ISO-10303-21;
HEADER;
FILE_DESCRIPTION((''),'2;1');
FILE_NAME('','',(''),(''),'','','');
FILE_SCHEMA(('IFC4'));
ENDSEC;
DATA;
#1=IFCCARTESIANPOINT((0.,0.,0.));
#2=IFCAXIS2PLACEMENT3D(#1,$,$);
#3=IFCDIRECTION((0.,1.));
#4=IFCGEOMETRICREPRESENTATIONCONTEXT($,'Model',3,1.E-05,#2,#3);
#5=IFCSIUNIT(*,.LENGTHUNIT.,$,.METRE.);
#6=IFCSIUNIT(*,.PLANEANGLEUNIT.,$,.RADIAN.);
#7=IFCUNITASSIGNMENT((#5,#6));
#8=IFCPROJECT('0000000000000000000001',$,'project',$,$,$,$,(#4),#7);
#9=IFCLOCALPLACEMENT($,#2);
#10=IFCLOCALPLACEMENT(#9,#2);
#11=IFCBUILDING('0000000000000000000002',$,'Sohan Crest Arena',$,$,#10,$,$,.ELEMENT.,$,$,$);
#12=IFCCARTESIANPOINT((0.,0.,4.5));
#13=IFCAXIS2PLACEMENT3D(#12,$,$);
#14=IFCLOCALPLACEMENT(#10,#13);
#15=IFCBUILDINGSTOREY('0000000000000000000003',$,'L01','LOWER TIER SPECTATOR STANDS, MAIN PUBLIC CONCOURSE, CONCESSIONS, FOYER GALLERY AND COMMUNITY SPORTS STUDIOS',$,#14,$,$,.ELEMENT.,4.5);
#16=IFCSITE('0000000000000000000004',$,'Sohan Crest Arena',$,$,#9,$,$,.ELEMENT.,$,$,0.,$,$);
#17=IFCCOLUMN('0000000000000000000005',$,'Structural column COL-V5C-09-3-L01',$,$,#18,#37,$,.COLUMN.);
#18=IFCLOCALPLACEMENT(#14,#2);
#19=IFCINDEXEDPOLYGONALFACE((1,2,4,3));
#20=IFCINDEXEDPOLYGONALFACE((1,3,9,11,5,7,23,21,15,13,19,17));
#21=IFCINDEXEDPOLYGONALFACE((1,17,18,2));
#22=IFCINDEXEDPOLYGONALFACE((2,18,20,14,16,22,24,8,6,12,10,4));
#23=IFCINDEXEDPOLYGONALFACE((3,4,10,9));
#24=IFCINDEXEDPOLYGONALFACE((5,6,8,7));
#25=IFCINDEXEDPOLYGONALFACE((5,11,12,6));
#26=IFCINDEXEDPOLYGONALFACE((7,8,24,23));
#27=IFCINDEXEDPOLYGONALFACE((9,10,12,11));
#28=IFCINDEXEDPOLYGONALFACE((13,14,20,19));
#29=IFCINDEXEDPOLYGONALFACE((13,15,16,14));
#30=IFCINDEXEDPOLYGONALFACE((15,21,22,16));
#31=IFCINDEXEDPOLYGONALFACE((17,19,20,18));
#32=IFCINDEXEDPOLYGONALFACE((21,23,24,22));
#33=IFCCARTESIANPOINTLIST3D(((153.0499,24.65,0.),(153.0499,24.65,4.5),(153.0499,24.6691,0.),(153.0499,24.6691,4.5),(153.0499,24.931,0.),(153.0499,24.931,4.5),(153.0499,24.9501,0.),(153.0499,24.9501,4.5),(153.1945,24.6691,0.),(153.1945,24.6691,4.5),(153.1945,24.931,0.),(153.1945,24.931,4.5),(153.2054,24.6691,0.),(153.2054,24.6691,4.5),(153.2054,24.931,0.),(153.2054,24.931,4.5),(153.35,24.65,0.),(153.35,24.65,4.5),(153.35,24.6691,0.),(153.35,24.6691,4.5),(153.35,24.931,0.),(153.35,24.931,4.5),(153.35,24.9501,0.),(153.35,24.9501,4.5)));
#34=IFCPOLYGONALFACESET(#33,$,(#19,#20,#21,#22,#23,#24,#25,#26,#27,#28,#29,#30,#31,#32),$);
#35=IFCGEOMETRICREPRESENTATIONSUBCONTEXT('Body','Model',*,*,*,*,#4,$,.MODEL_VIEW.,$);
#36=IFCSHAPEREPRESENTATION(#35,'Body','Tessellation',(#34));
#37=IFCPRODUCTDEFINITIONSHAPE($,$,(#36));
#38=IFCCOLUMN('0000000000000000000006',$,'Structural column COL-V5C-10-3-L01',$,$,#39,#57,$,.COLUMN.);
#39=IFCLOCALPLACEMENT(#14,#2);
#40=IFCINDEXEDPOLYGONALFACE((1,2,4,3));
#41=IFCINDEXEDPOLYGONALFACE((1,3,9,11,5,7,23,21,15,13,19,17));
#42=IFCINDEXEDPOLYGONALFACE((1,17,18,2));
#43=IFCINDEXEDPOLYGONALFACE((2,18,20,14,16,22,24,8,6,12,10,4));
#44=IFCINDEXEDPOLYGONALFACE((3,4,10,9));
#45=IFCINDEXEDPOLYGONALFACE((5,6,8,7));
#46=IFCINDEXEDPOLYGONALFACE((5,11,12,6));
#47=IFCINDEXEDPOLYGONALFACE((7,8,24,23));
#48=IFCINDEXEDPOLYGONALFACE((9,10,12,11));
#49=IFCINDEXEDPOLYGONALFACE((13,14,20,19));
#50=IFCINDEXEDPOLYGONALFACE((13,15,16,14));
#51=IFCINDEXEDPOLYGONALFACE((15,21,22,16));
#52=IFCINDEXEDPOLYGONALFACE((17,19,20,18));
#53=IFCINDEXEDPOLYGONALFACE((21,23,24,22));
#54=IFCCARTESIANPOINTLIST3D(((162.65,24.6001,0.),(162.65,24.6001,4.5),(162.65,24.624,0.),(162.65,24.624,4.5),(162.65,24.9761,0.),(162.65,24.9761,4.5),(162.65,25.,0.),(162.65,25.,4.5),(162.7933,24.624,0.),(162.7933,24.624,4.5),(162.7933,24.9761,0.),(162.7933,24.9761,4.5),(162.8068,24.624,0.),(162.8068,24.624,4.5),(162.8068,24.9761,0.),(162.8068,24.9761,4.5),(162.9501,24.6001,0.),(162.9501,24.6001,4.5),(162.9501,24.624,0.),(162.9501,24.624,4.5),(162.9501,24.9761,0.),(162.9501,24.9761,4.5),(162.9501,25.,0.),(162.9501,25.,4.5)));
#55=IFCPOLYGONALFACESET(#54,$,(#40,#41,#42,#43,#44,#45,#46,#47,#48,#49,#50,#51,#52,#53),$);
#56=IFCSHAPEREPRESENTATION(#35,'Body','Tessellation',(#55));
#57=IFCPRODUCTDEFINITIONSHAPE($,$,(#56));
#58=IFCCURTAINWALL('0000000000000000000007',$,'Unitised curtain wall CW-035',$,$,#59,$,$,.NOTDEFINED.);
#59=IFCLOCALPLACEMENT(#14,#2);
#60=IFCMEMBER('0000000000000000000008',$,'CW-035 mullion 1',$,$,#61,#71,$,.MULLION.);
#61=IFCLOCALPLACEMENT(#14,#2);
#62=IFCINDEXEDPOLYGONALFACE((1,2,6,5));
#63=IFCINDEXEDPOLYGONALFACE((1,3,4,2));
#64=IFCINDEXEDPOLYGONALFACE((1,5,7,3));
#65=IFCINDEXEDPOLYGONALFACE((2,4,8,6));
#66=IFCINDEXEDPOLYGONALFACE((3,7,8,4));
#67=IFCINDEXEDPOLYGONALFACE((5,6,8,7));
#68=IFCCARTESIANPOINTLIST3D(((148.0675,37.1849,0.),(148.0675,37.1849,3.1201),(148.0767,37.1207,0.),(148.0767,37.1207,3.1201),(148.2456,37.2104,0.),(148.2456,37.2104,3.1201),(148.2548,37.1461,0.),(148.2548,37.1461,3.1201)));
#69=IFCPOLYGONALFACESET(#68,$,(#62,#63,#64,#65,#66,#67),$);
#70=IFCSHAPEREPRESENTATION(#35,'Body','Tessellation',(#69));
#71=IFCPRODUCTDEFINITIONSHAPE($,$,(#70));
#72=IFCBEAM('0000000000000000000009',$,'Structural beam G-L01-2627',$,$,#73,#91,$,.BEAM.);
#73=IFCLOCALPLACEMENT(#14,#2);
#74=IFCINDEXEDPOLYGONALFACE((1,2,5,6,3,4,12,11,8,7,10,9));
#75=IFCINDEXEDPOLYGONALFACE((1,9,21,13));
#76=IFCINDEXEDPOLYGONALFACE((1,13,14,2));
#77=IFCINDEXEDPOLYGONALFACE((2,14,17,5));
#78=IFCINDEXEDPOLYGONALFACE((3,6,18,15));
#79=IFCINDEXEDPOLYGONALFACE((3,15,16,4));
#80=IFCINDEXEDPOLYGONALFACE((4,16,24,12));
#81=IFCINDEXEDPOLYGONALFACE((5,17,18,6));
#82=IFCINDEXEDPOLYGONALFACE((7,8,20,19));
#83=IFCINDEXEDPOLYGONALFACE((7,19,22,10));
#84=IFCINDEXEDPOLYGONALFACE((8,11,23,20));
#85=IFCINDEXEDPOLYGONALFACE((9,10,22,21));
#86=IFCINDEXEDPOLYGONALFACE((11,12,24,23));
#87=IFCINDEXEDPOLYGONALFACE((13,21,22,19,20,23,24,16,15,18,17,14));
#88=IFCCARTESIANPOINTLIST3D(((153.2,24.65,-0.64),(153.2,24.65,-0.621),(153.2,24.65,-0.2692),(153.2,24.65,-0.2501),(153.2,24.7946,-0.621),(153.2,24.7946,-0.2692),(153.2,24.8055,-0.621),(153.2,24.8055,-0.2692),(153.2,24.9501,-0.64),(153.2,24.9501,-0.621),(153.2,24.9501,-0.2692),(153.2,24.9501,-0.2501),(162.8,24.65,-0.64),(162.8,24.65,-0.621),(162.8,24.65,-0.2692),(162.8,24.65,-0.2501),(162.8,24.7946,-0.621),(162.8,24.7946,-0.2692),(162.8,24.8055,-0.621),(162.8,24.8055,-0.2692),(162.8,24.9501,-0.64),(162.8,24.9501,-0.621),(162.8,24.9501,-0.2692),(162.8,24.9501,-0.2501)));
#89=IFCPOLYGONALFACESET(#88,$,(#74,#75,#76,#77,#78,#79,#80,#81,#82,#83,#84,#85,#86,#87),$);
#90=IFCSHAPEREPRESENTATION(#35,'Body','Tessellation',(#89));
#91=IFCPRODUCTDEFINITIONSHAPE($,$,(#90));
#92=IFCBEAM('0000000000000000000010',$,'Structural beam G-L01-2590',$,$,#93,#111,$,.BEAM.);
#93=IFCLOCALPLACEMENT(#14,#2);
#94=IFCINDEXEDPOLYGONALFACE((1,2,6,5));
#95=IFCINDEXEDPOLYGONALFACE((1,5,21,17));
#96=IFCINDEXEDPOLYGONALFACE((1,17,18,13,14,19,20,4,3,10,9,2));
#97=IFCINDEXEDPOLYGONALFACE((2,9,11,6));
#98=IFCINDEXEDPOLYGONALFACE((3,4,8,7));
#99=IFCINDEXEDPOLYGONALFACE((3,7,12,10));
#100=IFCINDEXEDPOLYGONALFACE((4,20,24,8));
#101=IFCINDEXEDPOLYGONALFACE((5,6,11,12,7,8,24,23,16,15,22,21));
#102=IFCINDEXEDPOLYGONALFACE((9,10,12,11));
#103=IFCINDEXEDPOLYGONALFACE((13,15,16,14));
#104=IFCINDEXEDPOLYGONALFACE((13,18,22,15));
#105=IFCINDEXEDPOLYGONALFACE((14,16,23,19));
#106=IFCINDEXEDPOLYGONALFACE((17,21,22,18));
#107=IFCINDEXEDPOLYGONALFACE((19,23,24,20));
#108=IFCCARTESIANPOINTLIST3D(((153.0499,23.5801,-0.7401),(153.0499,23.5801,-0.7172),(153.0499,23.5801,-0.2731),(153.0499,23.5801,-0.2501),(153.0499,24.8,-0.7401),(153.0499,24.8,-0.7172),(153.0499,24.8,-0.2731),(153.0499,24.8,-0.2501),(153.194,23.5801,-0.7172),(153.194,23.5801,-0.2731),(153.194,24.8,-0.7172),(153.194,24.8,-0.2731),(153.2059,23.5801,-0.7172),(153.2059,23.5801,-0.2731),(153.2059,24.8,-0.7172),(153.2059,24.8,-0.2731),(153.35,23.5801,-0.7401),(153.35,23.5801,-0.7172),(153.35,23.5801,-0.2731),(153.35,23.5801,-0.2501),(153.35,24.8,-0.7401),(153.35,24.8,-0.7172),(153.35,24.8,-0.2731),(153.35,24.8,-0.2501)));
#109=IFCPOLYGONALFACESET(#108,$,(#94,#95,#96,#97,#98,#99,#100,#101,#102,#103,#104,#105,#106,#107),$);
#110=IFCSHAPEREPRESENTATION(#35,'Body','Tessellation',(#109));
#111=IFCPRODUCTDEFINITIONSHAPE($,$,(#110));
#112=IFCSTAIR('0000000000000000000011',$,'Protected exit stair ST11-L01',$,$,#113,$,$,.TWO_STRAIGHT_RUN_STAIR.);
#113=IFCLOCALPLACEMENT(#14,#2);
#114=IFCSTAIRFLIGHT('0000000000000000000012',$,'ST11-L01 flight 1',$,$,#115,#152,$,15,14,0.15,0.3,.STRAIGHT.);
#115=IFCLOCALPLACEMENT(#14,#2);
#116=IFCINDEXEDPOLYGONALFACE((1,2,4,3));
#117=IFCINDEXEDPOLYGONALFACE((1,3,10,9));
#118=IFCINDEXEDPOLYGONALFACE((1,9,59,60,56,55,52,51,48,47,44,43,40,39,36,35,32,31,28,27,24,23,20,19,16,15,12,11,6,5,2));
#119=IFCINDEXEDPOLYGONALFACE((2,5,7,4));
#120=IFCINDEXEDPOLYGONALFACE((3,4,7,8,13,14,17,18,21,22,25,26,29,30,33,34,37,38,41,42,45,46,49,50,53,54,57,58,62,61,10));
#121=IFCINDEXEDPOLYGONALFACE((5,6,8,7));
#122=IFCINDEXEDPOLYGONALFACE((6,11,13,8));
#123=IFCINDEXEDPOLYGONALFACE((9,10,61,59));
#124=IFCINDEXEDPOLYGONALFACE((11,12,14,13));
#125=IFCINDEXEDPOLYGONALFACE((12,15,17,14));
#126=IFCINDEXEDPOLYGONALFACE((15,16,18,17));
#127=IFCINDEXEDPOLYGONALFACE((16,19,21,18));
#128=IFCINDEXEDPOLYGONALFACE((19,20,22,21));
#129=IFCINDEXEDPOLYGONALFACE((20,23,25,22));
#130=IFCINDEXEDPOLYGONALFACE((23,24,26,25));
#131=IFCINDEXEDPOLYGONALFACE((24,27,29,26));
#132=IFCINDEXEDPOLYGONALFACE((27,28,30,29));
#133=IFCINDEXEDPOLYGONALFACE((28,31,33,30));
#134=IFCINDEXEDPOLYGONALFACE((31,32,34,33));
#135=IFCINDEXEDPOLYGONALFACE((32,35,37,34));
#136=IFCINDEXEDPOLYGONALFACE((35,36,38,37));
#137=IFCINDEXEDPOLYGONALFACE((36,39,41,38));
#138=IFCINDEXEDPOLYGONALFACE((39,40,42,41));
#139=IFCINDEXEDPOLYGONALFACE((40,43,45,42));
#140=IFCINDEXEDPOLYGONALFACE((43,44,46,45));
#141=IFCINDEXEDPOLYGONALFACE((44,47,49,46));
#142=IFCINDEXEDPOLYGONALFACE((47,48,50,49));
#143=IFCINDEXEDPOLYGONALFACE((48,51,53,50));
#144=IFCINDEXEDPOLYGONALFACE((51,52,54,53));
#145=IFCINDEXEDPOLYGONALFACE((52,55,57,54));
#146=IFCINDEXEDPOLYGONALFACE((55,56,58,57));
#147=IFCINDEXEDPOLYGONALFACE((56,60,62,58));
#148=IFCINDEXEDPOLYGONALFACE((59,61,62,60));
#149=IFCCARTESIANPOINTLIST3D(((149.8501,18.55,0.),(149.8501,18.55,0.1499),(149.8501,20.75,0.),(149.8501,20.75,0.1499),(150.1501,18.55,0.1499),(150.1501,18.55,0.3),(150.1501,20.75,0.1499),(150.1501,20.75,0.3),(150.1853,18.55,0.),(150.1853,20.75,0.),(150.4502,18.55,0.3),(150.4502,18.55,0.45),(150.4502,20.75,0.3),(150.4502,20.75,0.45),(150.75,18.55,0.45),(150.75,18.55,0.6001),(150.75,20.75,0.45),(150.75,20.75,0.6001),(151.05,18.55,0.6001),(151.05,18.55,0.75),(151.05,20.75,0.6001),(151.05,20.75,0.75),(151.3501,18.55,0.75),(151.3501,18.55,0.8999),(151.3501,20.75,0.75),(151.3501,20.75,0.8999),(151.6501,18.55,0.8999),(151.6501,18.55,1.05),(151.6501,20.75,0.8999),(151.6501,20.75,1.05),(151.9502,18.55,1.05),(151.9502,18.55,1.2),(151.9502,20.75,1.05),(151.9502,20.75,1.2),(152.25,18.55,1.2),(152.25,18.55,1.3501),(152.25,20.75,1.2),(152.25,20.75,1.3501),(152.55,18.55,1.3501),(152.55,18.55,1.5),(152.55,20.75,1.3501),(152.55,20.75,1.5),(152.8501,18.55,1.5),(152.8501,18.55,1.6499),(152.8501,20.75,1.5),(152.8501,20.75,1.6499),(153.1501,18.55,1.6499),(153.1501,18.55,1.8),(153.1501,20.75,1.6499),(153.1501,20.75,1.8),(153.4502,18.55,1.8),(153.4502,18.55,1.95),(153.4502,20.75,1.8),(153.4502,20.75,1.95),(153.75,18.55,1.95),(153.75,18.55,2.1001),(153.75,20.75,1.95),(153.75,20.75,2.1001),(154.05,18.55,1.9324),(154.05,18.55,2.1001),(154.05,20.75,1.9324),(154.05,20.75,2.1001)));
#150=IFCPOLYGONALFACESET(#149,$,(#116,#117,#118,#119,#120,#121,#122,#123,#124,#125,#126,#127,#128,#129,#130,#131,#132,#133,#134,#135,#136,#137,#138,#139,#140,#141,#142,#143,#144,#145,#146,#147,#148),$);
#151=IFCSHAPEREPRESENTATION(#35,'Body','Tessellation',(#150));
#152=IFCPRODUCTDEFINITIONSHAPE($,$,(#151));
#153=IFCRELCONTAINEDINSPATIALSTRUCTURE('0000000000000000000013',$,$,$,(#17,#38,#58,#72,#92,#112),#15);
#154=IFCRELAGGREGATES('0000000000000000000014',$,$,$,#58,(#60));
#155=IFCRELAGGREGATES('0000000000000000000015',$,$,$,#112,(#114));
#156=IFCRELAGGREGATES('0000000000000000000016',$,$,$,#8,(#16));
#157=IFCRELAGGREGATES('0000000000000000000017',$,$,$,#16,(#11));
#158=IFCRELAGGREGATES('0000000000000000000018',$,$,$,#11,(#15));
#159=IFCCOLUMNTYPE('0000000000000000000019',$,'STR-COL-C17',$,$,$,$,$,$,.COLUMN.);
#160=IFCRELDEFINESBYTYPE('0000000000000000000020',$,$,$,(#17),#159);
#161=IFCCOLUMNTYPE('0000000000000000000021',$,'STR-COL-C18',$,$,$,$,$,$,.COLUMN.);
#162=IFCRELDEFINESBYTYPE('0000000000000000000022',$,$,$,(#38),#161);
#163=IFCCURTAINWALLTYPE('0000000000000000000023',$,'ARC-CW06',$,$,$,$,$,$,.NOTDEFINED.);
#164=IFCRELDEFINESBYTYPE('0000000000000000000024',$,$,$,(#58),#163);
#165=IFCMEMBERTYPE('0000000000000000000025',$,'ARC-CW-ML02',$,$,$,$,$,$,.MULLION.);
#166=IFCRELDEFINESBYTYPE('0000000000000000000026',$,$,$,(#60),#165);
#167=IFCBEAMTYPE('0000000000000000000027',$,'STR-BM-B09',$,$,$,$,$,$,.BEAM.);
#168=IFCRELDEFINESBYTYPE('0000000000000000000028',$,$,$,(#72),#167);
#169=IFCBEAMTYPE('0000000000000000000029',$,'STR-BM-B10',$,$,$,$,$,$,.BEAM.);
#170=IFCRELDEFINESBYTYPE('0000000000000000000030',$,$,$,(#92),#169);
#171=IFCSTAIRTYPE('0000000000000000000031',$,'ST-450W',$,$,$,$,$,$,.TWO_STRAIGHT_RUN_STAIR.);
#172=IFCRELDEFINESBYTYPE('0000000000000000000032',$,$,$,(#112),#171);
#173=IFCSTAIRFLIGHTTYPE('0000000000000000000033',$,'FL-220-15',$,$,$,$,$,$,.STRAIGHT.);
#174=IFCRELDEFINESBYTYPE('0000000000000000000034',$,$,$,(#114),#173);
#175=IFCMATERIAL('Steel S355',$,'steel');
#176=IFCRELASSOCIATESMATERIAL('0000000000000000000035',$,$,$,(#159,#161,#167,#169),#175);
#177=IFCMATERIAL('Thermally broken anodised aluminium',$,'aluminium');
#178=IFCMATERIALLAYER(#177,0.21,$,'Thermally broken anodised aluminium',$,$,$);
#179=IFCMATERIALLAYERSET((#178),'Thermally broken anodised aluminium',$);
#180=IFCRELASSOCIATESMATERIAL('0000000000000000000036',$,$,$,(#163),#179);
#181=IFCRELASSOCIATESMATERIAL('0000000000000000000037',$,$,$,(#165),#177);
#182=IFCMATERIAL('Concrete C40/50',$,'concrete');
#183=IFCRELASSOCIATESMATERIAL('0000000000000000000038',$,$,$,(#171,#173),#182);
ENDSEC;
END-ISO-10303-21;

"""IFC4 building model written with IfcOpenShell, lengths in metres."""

from ifc_helpers import new_model, si_unit, direction, frame, origin, origin_2d, place, context, subcontext, project, spatial, polyline, rectangle, i_section, outline, extrude, material, layer, layer_set, material_profile, profile_set, type_object, element, aggregate, save


model = new_model("IFC4")

# Units and contexts
model_context = context("Model", 3, precision=1e-05, world=origin(), true_north=direction((0.0, 1.0)))
body_context = subcontext(model_context, "Body", "Model", "MODEL_VIEW")
ifc_project = project(units=[si_unit("LENGTHUNIT", "METRE"), si_unit("PLANEANGLEUNIT", "RADIAN")], contexts=[model_context])

# Site, building, storey
site_placement = place(None, origin())
site = spatial("IfcSite", under=ifc_project, at=site_placement, Name="Sohan Crest Arena", CompositionType="ELEMENT", RefElevation=0.0)
building_placement = place(site_placement, origin())
building = spatial("IfcBuilding", under=site, at=building_placement, Name="Sohan Crest Arena", CompositionType="ELEMENT")
storey_placement = place(building_placement, frame((0.0, 0.0, 4.5)))
storey = spatial("IfcBuildingStorey", under=building, at=storey_placement, Name="L01", Description="LOWER TIER SPECTATOR STANDS, MAIN PUBLIC CONCOURSE, CONCESSIONS, FOYER GALLERY AND COMMUNITY SPORTS STUDIOS", CompositionType="ELEMENT", Elevation=4.5)

# Columns
ifc_material_1 = material(Name="Steel S355", Category="steel")
ifc_material_profile_1 = material_profile(ifc_material_1, i_section(OverallWidth=0.3, OverallDepth=0.3, WebThickness=0.011, FlangeThickness=0.019, at=origin_2d()), Name="HEB 300")
ifc_profile_set_1 = profile_set([ifc_material_profile_1], Name="Steel S355")
column_type_1 = type_object("IfcColumnType", Name="STR-COL-C17", PredefinedType="COLUMN", material=ifc_profile_set_1)
column_1_placement = place(storey_placement, frame((153.2, 24.8, 0.0), z_axis=(0.0, 0.0, 1.0), x_axis=(1.0, 0.0, 0.0)))
element("IfcColumn", 1, at=column_1_placement, inside=storey, type_object=column_type_1, Name="Structural column COL-V5C-09-3-L01", PredefinedType="COLUMN", context=body_context, shape_type="SweptSolid", body=[
    extrude(i_section(OverallWidth=0.3, OverallDepth=0.3, WebThickness=0.011, FlangeThickness=0.019, at=origin_2d()), origin(), (0.0, 0.0, 1.0), 4.5),
])
ifc_material_profile_2 = material_profile(ifc_material_1, i_section(OverallWidth=0.3, OverallDepth=0.3999, WebThickness=0.0134, FlangeThickness=0.0239, at=origin_2d()), Name="HEB 400")
ifc_profile_set_2 = profile_set([ifc_material_profile_2], Name="Steel S355")
column_type_2 = type_object("IfcColumnType", Name="STR-COL-C18", PredefinedType="COLUMN", material=ifc_profile_set_2)
column_2_placement = place(storey_placement, frame((162.8, 24.8, 0.0), z_axis=(0.0, 0.0, 1.0), x_axis=(1.0, 0.0, 0.0)))
element("IfcColumn", 2, at=column_2_placement, inside=storey, type_object=column_type_2, Name="Structural column COL-V5C-10-3-L01", PredefinedType="COLUMN", context=body_context, shape_type="SweptSolid", body=[
    extrude(i_section(OverallWidth=0.3, OverallDepth=0.3999, WebThickness=0.0134, FlangeThickness=0.0239, at=origin_2d()), origin(), (0.0, 0.0, 1.0), 4.5),
])

# Curtain wall, member
ifc_material_2 = material(Name="Thermally broken anodised aluminium", Category="aluminium")
ifc_layer_1 = layer(ifc_material_2, 0.21, Name="Thermally broken anodised aluminium")
ifc_layer_set_1 = layer_set([ifc_layer_1], Name="Thermally broken anodised aluminium")
curtain_wall_type = type_object("IfcCurtainWallType", Name="ARC-CW06", PredefinedType="NOTDEFINED", material=ifc_layer_set_1)
curtain_wall_placement = place(storey_placement, origin())
curtain_wall = element("IfcCurtainWall", 3, at=curtain_wall_placement, inside=storey, type_object=curtain_wall_type, Name="Unitised curtain wall CW-035", PredefinedType="NOTDEFINED")
ifc_material_profile_3 = material_profile(ifc_material_2, rectangle(XDim=0.0649, YDim=0.1799, at=origin_2d()), Name="ALU-MULL 65x180")
ifc_profile_set_3 = profile_set([ifc_material_profile_3], Name="Thermally broken anodised aluminium")
member_type = type_object("IfcMemberType", Name="ARC-CW-ML02", PredefinedType="MULLION", material=ifc_profile_set_3)
member_placement = place(storey_placement, frame((148.1611, 37.1655, 0.0), z_axis=(0.0, 0.0, 1.0), x_axis=(-0.14145, 0.989945, 0.0)))
member = element("IfcMember", 4, at=member_placement, type_object=member_type, Name="CW-035 mullion 1", PredefinedType="MULLION", context=body_context, shape_type="SweptSolid", body=[
    extrude(rectangle(XDim=0.0649, YDim=0.1799, at=origin_2d()), origin(), (0.0, 0.0, 1.0), 3.1201),
])
aggregate(curtain_wall, [member])

# Beams
ifc_material_profile_4 = material_profile(ifc_material_1, i_section(OverallWidth=0.3, OverallDepth=0.3899, WebThickness=0.011, FlangeThickness=0.019, at=origin_2d()), Name="HEA 400")
ifc_profile_set_4 = profile_set([ifc_material_profile_4], Name="Steel S355")
beam_type_1 = type_object("IfcBeamType", Name="STR-BM-B09", PredefinedType="BEAM", material=ifc_profile_set_4)
beam_1_placement = place(storey_placement, frame((153.2, 24.8, -0.4451), z_axis=(1.0, 0.0, 0.0), x_axis=(0.0, 1.0, 0.0)))
element("IfcBeam", 5, at=beam_1_placement, inside=storey, type_object=beam_type_1, Name="Structural beam G-L01-2627", PredefinedType="BEAM", context=body_context, shape_type="SweptSolid", body=[
    extrude(i_section(OverallWidth=0.3, OverallDepth=0.3899, WebThickness=0.011, FlangeThickness=0.019, at=origin_2d()), origin(), (0.0, 0.0, 1.0), 9.6001),
])
ifc_material_profile_5 = material_profile(ifc_material_1, i_section(OverallWidth=0.3, OverallDepth=0.49, WebThickness=0.012, FlangeThickness=0.0229, at=origin_2d()), Name="HEA 500")
ifc_profile_set_5 = profile_set([ifc_material_profile_5], Name="Steel S355")
beam_type_2 = type_object("IfcBeamType", Name="STR-BM-B10", PredefinedType="BEAM", material=ifc_profile_set_5)
beam_2_placement = place(storey_placement, frame((153.2, 23.5801, -0.4951), z_axis=(0.0, 1.0, 0.0), x_axis=(-1.0, 0.0, 0.0)))
element("IfcBeam", 6, at=beam_2_placement, inside=storey, type_object=beam_type_2, Name="Structural beam G-L01-2590", PredefinedType="BEAM", context=body_context, shape_type="SweptSolid", body=[
    extrude(i_section(OverallWidth=0.3, OverallDepth=0.49, WebThickness=0.012, FlangeThickness=0.0229, at=origin_2d()), origin(), (0.0, 0.0, 1.0), 1.22),
])

# Stair, stair flight
ifc_material_3 = material(Name="Concrete C40/50", Category="concrete")
stair_type = type_object("IfcStairType", Name="ST-450W", PredefinedType="TWO_STRAIGHT_RUN_STAIR", material=ifc_material_3)
stair_placement = place(storey_placement, origin())
stair = element("IfcStair", 7, at=stair_placement, inside=storey, type_object=stair_type, Name="Protected exit stair ST11-L01", PredefinedType="TWO_STRAIGHT_RUN_STAIR")
stair_flight_type = type_object("IfcStairFlightType", Name="FL-220-15", PredefinedType="STRAIGHT", material=ifc_material_3)
stair_flight_1_placement = place(storey_placement, frame((149.8501, 19.6499, 0.0), z_axis=(0.0, 0.0, 1.0), x_axis=(1.0, 0.0, 0.0)))
stair_flight_1 = element("IfcStairFlight", 8, at=stair_flight_1_placement, type_object=stair_flight_type, Name="ST11-L01 flight 1", NumberOfRisers=15, NumberOfTreads=14, PredefinedType="STRAIGHT", RiserHeight=0.15, TreadLength=0.3, context=body_context, shape_type="SweptSolid", body=[
    extrude(outline(polyline([(0.0, 0.0), (0.0, 0.1499), (0.3, 0.1499), (0.3, 0.3), (0.6001, 0.3), (0.6001, 0.45), (0.8999, 0.45), (0.8999, 0.6001), (1.2, 0.6001), (1.2, 0.75), (1.5, 0.75), (1.5, 0.8999), (1.8, 0.8999), (1.8, 1.05), (2.1001, 1.05), (2.1001, 1.2), (2.3999, 1.2), (2.3999, 1.3501), (2.7, 1.3501), (2.7, 1.5), (3.0, 1.5), (3.0, 1.6499), (3.3, 1.6499), (3.3, 1.8), (3.6001, 1.8), (3.6001, 1.95), (3.8999, 1.95), (3.8999, 2.1001), (4.2, 2.1001), (4.2, 2.25), (4.2, 1.9324), (0.3352, 0.0), (0.0, 0.0)])), frame((0.0, 1.1001, 0.0), z_axis=(0.0, -1.0, 0.0), x_axis=(1.0, 0.0, 0.0)), (0.0, 0.0, 1.0), 2.2),
])
aggregate(stair, [stair_flight_1])

save(model, "model.ifc")
